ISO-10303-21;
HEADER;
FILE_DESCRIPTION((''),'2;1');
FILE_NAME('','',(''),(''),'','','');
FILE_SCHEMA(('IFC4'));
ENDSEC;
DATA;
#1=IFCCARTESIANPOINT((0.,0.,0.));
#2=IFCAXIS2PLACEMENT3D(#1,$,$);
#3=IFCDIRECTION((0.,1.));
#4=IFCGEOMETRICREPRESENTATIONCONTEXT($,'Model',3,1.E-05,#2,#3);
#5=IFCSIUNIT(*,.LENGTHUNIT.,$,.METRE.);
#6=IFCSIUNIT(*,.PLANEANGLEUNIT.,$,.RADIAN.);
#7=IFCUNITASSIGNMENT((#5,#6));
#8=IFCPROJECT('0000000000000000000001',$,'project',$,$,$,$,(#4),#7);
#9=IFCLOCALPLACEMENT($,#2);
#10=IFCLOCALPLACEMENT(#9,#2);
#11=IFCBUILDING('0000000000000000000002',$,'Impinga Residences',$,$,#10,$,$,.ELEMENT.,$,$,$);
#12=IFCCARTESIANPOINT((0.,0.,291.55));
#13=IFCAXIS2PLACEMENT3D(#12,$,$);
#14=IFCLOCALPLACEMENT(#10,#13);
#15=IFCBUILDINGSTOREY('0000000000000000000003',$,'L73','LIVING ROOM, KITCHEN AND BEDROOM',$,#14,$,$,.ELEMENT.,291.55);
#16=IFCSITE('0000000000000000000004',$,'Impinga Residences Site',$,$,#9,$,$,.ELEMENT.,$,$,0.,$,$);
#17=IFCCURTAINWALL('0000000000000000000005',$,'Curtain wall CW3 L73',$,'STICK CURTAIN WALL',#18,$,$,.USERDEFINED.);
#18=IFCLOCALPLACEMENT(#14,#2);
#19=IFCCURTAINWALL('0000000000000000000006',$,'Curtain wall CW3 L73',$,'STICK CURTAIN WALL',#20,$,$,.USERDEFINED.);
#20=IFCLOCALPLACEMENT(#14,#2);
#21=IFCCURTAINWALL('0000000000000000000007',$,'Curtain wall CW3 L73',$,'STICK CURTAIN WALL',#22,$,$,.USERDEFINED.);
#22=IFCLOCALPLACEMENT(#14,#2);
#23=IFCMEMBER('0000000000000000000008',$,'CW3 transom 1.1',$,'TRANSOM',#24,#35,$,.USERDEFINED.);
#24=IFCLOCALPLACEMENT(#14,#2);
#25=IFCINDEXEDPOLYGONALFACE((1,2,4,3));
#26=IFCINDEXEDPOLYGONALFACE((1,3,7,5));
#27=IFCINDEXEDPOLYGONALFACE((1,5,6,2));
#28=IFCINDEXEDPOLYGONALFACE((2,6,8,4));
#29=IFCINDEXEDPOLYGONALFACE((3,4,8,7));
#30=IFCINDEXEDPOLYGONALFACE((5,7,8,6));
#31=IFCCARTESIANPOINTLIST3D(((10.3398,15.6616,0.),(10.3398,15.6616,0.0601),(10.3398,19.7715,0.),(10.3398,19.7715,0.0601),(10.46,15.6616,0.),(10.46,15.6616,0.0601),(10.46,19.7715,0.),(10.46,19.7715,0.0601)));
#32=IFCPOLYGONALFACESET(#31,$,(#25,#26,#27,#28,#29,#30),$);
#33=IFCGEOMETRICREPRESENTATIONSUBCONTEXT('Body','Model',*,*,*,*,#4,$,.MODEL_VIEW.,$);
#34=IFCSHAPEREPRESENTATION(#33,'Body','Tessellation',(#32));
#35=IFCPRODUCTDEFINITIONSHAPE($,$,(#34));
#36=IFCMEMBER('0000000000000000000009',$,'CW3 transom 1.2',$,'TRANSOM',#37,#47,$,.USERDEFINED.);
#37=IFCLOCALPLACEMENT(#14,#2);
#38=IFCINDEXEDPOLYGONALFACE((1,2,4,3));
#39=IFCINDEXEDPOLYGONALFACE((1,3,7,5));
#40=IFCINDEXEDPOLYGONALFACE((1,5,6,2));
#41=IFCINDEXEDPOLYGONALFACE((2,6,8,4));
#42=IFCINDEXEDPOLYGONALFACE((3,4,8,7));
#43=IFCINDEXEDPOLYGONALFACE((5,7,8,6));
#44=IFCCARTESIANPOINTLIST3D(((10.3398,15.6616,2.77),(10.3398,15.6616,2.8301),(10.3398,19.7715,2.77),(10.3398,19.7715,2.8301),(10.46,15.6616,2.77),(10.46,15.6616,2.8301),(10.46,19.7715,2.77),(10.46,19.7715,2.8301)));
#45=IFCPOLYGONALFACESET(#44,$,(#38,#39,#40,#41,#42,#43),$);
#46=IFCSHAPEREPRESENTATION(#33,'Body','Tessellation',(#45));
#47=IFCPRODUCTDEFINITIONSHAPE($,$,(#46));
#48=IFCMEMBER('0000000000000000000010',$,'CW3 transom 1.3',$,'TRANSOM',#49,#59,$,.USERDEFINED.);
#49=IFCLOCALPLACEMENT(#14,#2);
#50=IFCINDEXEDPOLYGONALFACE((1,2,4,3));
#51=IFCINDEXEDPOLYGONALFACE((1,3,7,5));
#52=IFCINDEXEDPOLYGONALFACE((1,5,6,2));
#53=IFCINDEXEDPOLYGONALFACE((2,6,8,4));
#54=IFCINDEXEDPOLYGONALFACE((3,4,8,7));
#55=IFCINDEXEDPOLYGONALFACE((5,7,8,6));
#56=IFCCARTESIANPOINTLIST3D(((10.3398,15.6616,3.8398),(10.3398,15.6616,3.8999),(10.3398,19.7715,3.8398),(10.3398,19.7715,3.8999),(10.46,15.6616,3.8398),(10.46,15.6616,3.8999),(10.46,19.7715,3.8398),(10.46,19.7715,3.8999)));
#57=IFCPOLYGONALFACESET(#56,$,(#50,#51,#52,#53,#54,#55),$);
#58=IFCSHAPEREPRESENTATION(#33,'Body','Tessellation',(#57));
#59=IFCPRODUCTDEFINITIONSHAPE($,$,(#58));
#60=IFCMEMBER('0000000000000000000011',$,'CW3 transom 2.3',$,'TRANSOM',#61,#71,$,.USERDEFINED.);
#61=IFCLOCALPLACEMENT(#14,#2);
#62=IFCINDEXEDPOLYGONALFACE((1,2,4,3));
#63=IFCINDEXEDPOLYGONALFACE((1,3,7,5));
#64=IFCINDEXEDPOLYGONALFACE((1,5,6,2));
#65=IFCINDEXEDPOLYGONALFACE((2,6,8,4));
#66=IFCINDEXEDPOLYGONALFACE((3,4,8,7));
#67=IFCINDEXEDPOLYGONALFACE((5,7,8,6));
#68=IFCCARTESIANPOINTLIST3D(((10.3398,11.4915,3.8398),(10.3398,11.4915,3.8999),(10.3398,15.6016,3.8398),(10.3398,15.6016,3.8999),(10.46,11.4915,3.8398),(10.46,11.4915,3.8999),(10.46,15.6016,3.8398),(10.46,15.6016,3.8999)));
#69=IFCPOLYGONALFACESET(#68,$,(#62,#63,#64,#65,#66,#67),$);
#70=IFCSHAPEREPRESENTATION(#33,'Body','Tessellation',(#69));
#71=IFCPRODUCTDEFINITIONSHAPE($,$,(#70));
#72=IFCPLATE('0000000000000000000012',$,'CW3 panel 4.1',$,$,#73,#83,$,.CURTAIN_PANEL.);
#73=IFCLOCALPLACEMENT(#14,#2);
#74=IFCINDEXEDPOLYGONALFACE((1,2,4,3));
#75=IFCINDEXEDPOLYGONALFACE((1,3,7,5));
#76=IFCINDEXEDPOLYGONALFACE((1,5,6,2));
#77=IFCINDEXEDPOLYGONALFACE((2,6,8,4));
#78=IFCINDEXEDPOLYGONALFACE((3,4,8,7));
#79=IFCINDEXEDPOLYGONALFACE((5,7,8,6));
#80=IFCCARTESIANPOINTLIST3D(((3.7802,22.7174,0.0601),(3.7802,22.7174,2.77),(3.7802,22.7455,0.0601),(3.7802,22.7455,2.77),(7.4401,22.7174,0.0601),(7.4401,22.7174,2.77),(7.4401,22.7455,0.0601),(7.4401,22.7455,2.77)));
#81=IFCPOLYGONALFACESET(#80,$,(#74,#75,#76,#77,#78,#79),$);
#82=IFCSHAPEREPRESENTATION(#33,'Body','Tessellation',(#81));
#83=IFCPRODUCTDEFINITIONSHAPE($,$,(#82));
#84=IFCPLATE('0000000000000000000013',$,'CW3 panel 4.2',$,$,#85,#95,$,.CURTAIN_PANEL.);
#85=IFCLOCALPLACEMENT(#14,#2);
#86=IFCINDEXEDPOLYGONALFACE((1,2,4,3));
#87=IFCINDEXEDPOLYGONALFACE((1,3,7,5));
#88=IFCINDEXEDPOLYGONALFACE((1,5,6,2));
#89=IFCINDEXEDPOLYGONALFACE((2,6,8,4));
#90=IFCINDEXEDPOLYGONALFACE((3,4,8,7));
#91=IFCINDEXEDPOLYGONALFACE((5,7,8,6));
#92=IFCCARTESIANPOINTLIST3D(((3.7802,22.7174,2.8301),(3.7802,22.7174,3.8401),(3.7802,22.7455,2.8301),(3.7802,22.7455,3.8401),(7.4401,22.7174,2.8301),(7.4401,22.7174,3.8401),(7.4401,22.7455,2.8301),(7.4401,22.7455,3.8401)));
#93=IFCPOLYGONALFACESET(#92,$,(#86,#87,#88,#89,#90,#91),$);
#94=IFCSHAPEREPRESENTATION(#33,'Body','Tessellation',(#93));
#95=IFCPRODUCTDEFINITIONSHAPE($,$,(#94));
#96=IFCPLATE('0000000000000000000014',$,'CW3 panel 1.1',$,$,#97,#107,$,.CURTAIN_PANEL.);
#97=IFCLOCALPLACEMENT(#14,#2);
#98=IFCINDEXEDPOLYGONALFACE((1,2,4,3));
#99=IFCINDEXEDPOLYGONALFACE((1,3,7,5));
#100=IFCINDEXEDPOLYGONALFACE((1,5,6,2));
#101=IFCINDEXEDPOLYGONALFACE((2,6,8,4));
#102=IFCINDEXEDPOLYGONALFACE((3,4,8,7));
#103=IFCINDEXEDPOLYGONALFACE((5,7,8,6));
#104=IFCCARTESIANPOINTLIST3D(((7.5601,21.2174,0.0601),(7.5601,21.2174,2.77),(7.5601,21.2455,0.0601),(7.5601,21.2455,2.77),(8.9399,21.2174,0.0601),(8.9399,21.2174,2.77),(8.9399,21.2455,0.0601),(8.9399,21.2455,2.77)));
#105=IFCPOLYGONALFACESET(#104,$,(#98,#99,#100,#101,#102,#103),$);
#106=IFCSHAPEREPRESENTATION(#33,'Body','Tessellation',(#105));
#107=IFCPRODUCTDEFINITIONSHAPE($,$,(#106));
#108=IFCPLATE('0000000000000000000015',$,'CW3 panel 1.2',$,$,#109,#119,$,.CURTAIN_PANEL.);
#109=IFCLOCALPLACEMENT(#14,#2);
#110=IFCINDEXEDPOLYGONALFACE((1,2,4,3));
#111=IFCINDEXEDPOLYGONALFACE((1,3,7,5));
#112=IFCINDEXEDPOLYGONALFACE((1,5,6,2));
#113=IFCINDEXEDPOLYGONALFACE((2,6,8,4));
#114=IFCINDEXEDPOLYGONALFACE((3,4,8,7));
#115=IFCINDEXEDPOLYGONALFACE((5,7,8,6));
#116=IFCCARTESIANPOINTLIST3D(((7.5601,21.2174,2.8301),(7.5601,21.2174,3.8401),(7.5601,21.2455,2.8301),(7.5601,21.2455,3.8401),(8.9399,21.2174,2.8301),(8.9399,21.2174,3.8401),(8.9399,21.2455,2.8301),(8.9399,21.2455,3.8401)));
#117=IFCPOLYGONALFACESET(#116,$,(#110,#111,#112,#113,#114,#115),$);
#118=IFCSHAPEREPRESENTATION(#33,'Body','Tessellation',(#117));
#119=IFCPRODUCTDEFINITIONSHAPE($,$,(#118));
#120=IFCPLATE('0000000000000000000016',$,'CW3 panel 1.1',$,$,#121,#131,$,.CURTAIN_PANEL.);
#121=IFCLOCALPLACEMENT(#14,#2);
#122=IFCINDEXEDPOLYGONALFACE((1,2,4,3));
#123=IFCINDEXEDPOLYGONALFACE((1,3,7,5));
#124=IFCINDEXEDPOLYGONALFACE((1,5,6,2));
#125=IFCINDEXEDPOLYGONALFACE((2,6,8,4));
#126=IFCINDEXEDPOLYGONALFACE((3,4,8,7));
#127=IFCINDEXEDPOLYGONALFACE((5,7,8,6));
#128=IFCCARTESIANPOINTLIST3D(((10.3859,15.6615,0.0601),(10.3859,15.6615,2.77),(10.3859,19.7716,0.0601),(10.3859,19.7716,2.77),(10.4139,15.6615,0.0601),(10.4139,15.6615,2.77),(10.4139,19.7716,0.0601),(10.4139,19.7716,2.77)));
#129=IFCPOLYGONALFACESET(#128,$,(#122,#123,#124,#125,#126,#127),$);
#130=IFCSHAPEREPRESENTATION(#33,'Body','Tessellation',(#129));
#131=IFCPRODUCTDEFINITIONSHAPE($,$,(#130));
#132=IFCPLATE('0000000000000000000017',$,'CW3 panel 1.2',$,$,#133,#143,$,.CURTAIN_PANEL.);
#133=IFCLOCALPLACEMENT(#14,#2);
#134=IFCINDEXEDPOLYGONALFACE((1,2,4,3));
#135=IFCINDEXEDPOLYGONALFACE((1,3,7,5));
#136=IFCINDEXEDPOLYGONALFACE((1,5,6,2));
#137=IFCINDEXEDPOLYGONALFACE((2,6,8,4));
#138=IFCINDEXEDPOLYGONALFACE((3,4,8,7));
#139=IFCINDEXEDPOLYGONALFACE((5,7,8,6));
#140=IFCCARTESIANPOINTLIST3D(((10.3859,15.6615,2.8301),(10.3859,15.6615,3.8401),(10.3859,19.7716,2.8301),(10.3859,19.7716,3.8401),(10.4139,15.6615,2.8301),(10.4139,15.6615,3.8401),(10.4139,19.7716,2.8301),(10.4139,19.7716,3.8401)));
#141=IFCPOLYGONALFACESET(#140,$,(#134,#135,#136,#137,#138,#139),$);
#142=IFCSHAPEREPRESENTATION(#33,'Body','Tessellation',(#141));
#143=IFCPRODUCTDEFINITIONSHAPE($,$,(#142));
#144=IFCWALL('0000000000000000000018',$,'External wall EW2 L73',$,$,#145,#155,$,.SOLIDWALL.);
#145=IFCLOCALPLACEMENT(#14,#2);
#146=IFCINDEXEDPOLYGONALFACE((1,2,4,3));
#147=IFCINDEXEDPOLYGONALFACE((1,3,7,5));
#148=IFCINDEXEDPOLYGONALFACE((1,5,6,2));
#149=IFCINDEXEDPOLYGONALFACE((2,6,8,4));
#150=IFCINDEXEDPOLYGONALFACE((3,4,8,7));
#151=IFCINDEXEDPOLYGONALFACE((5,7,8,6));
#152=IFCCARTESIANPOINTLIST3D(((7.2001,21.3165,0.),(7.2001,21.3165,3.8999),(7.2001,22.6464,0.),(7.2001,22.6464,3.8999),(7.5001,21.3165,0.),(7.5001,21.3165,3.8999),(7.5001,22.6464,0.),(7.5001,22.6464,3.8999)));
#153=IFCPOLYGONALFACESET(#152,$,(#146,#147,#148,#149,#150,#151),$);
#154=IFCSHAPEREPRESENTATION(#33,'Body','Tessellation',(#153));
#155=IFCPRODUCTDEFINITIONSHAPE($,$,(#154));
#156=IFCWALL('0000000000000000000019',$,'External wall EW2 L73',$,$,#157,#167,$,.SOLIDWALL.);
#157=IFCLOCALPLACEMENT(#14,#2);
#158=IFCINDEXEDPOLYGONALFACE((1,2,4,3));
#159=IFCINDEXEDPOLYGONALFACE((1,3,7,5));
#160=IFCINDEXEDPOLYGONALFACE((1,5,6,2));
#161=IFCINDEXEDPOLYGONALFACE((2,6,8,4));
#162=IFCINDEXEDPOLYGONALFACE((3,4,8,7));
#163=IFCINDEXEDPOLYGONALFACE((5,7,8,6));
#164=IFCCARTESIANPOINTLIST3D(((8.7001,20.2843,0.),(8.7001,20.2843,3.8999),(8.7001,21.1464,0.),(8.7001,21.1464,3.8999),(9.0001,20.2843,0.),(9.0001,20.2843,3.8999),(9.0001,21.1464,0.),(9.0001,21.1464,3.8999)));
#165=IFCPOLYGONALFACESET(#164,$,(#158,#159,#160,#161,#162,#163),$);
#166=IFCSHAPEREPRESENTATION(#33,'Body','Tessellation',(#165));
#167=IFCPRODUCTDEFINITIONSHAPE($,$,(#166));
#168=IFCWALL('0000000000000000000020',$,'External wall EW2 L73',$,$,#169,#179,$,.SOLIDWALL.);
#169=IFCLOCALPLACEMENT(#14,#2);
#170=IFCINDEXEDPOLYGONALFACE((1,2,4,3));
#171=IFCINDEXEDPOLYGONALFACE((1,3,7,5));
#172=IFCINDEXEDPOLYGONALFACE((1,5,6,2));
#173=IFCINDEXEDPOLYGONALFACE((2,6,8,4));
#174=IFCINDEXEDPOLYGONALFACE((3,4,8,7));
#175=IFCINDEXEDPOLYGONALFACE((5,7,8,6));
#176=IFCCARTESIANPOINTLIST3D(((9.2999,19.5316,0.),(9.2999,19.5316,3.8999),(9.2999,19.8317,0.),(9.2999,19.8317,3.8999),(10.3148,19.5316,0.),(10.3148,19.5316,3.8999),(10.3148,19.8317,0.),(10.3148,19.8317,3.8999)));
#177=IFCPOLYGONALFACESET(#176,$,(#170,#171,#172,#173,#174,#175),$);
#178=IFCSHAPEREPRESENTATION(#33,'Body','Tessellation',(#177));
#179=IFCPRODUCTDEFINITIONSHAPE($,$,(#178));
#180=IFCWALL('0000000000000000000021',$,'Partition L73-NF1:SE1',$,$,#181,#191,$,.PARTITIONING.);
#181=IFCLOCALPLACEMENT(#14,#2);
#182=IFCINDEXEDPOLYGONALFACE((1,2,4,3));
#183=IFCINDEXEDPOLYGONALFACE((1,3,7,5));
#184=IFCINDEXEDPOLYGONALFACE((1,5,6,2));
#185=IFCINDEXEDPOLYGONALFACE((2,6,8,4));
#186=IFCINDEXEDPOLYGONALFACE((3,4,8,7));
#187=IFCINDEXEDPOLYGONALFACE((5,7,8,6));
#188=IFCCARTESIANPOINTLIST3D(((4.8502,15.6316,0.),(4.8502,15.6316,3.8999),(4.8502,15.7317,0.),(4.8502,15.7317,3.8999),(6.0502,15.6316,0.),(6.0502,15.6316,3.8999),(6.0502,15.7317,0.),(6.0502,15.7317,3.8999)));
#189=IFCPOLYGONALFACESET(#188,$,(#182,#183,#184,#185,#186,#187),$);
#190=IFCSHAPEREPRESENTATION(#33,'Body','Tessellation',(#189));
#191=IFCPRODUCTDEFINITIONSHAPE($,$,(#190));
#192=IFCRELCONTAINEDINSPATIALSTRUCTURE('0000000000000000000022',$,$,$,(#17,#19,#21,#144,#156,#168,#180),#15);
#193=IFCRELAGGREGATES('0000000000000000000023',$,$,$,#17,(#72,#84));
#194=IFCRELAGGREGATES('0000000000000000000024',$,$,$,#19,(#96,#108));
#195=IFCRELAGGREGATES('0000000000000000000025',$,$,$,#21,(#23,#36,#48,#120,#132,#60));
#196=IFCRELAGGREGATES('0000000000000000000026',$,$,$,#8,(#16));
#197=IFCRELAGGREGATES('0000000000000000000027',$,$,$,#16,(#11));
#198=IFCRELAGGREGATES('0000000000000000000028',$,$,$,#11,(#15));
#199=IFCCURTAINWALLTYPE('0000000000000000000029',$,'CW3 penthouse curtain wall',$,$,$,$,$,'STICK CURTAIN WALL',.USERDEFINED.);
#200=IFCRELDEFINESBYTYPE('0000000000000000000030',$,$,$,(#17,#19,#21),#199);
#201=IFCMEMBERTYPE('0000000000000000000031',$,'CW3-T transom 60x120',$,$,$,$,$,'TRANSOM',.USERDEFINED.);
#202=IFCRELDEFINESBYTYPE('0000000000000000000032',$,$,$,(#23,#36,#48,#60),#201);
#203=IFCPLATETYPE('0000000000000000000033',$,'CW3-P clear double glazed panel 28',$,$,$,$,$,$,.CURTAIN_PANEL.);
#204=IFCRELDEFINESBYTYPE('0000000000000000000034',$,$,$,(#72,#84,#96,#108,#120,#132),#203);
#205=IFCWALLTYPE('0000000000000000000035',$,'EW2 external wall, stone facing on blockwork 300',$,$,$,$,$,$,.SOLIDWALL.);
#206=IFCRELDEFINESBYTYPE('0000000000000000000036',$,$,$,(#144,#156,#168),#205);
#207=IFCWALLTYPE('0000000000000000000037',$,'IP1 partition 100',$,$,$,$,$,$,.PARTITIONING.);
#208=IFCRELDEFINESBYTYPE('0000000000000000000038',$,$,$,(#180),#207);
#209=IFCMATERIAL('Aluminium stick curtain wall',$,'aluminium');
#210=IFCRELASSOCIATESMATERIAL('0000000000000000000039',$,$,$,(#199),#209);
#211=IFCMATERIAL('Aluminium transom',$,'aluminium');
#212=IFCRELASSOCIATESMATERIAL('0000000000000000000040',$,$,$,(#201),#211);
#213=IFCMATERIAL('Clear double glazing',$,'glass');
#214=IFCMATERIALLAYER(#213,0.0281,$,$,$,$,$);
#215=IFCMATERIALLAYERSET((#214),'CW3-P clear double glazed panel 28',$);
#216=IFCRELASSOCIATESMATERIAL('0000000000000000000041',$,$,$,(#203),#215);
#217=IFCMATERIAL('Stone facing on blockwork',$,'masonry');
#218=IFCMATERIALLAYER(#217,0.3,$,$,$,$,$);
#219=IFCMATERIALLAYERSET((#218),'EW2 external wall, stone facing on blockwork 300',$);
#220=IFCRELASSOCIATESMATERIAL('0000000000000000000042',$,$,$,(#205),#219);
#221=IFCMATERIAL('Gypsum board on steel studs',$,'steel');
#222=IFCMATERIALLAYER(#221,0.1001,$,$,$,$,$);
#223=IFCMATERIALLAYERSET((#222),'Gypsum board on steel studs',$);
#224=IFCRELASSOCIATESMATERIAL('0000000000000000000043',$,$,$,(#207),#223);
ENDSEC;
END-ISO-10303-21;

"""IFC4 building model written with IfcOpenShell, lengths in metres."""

from ifc_helpers import new_model, si_unit, direction, frame, frame_2d, origin, origin_2d, place, context, subcontext, project, spatial, rectangle, extrude, material, layer, layer_set, material_profile, profile_set, type_object, element, aggregate, save


model = new_model("IFC4")

# Units and contexts
model_context = context("Model", 3, precision=1e-05, world=origin(), true_north=direction((0.0, 1.0)))
body_context = subcontext(model_context, "Body", "Model", "MODEL_VIEW")
ifc_project = project(units=[si_unit("LENGTHUNIT", "METRE"), si_unit("PLANEANGLEUNIT", "RADIAN")], contexts=[model_context])

# Site, building, storey
site_placement = place(None, origin())
site = spatial("IfcSite", under=ifc_project, at=site_placement, Name="Impinga Residences Site", CompositionType="ELEMENT", RefElevation=0.0)
building_placement = place(site_placement, origin())
building = spatial("IfcBuilding", under=site, at=building_placement, Name="Impinga Residences", CompositionType="ELEMENT")
storey_placement = place(building_placement, frame((0.0, 0.0, 291.55)))
storey = spatial("IfcBuildingStorey", under=building, at=storey_placement, Name="L73", Description="LIVING ROOM, KITCHEN AND BEDROOM", CompositionType="ELEMENT", Elevation=291.55)

# Curtain walls
ifc_material_1 = material(Name="Aluminium stick curtain wall", Category="aluminium")
curtain_wall_type = type_object("IfcCurtainWallType", Name="CW3 penthouse curtain wall", ElementType="STICK CURTAIN WALL", PredefinedType="USERDEFINED", material=ifc_material_1)
curtain_wall_1_placement = place(storey_placement, origin())
curtain_wall_1 = element("IfcCurtainWall", 1, at=curtain_wall_1_placement, inside=storey, type_object=curtain_wall_type, Name="Curtain wall CW3 L73", ObjectType="STICK CURTAIN WALL", PredefinedType="USERDEFINED")
curtain_wall_2_placement = place(storey_placement, origin())
curtain_wall_2 = element("IfcCurtainWall", 2, at=curtain_wall_2_placement, inside=storey, type_object=curtain_wall_type, Name="Curtain wall CW3 L73", ObjectType="STICK CURTAIN WALL", PredefinedType="USERDEFINED")
curtain_wall_3_placement = place(storey_placement, origin())
curtain_wall_3 = element("IfcCurtainWall", 3, at=curtain_wall_3_placement, inside=storey, type_object=curtain_wall_type, Name="Curtain wall CW3 L73", ObjectType="STICK CURTAIN WALL", PredefinedType="USERDEFINED")

# Members
ifc_material_2 = material(Name="Aluminium transom", Category="aluminium")
ifc_material_profile_1 = material_profile(ifc_material_2, rectangle(XDim=0.0601, YDim=0.1201, at=origin_2d()), Name="60x120 transom")
ifc_profile_set_1 = profile_set([ifc_material_profile_1], Name="Aluminium transom")
member_type_1 = type_object("IfcMemberType", Name="CW3-T transom 60x120", ElementType="TRANSOM", PredefinedType="USERDEFINED", material=ifc_profile_set_1)
member_1_placement = place(storey_placement, frame((10.3999, 19.7715, 0.03), z_axis=(0.0, -1.0, 0.0), x_axis=(0.0, 0.0, 1.0)))
member_1 = element("IfcMember", 4, at=member_1_placement, type_object=member_type_1, Name="CW3 transom 1.1", ObjectType="TRANSOM", PredefinedType="USERDEFINED", context=body_context, shape_type="SweptSolid", body=[
    extrude(rectangle(XDim=0.0601, YDim=0.1201, at=origin_2d()), origin(), (0.0, 0.0, 1.0), 4.1099),
])
member_2_placement = place(storey_placement, frame((10.3999, 19.7715, 2.8), z_axis=(0.0, -1.0, 0.0), x_axis=(0.0, 0.0, 1.0)))
member_2 = element("IfcMember", 5, at=member_2_placement, type_object=member_type_1, Name="CW3 transom 1.2", ObjectType="TRANSOM", PredefinedType="USERDEFINED", context=body_context, shape_type="SweptSolid", body=[
    extrude(rectangle(XDim=0.0601, YDim=0.1201, at=origin_2d()), origin(), (0.0, 0.0, 1.0), 4.1099),
])
member_3_placement = place(storey_placement, frame((10.3999, 19.7715, 3.8699), z_axis=(0.0, -1.0, 0.0), x_axis=(0.0, 0.0, 1.0)))
member_3 = element("IfcMember", 6, at=member_3_placement, type_object=member_type_1, Name="CW3 transom 1.3", ObjectType="TRANSOM", PredefinedType="USERDEFINED", context=body_context, shape_type="SweptSolid", body=[
    extrude(rectangle(XDim=0.0601, YDim=0.1201, at=origin_2d()), origin(), (0.0, 0.0, 1.0), 4.1099),
])
member_4_placement = place(storey_placement, frame((10.3999, 15.6016, 3.8699), z_axis=(0.0, -1.0, 0.0), x_axis=(0.0, 0.0, 1.0)))
member_4 = element("IfcMember", 7, at=member_4_placement, type_object=member_type_1, Name="CW3 transom 2.3", ObjectType="TRANSOM", PredefinedType="USERDEFINED", context=body_context, shape_type="SweptSolid", body=[
    extrude(rectangle(XDim=0.0601, YDim=0.1201, at=origin_2d()), origin(), (0.0, 0.0, 1.0), 4.1101),
])

# Plates
ifc_material_3 = material(Name="Clear double glazing", Category="glass")
ifc_layer_1 = layer(ifc_material_3, 0.0281)
ifc_layer_set_1 = layer_set([ifc_layer_1], Name="CW3-P clear double glazed panel 28")
plate_type = type_object("IfcPlateType", Name="CW3-P clear double glazed panel 28", PredefinedType="CURTAIN_PANEL", material=ifc_layer_set_1)
plate_1_placement = place(storey_placement, frame((5.6101, 22.7314, 0.0601), z_axis=(0.0, 0.0, 1.0), x_axis=(1.0, 0.0, 0.0)))
plate_1 = element("IfcPlate", 8, at=plate_1_placement, type_object=plate_type, Name="CW3 panel 4.1", PredefinedType="CURTAIN_PANEL", context=body_context, shape_type="SweptSolid", body=[
    extrude(rectangle(XDim=3.6599, YDim=0.0281, at=origin_2d()), origin(), (0.0, 0.0, 1.0), 2.71),
])
plate_2_placement = place(storey_placement, frame((5.6101, 22.7314, 2.8301), z_axis=(0.0, 0.0, 1.0), x_axis=(1.0, 0.0, 0.0)))
plate_2 = element("IfcPlate", 9, at=plate_2_placement, type_object=plate_type, Name="CW3 panel 4.2", PredefinedType="CURTAIN_PANEL", context=body_context, shape_type="SweptSolid", body=[
    extrude(rectangle(XDim=3.6599, YDim=0.0281, at=origin_2d()), origin(), (0.0, 0.0, 1.0), 1.01),
])
aggregate(curtain_wall_1, [plate_1, plate_2])
plate_3_placement = place(storey_placement, frame((8.25, 21.2314, 0.0601), z_axis=(0.0, 0.0, 1.0), x_axis=(1.0, 0.0, 0.0)))
plate_3 = element("IfcPlate", 10, at=plate_3_placement, type_object=plate_type, Name="CW3 panel 1.1", PredefinedType="CURTAIN_PANEL", context=body_context, shape_type="SweptSolid", body=[
    extrude(rectangle(XDim=1.3799, YDim=0.0281, at=origin_2d()), origin(), (0.0, 0.0, 1.0), 2.71),
])
plate_4_placement = place(storey_placement, frame((8.25, 21.2314, 2.8301), z_axis=(0.0, 0.0, 1.0), x_axis=(1.0, 0.0, 0.0)))
plate_4 = element("IfcPlate", 11, at=plate_4_placement, type_object=plate_type, Name="CW3 panel 1.2", PredefinedType="CURTAIN_PANEL", context=body_context, shape_type="SweptSolid", body=[
    extrude(rectangle(XDim=1.3799, YDim=0.0281, at=origin_2d()), origin(), (0.0, 0.0, 1.0), 1.01),
])
aggregate(curtain_wall_2, [plate_3, plate_4])
plate_5_placement = place(storey_placement, frame((10.3999, 17.7166, 0.0601), z_axis=(0.0, 0.0, 1.0), x_axis=(0.0, -1.0, 0.0)))
plate_5 = element("IfcPlate", 12, at=plate_5_placement, type_object=plate_type, Name="CW3 panel 1.1", PredefinedType="CURTAIN_PANEL", context=body_context, shape_type="SweptSolid", body=[
    extrude(rectangle(XDim=4.1101, YDim=0.0281, at=origin_2d()), origin(), (0.0, 0.0, 1.0), 2.71),
])
plate_6_placement = place(storey_placement, frame((10.3999, 17.7166, 2.8301), z_axis=(0.0, 0.0, 1.0), x_axis=(0.0, -1.0, 0.0)))
plate_6 = element("IfcPlate", 13, at=plate_6_placement, type_object=plate_type, Name="CW3 panel 1.2", PredefinedType="CURTAIN_PANEL", context=body_context, shape_type="SweptSolid", body=[
    extrude(rectangle(XDim=4.1101, YDim=0.0281, at=origin_2d()), origin(), (0.0, 0.0, 1.0), 1.01),
])
aggregate(curtain_wall_3, [member_1, member_2, member_3, plate_5, plate_6, member_4])

# Walls
ifc_material_4 = material(Name="Stone facing on blockwork", Category="masonry")
ifc_layer_2 = layer(ifc_material_4, 0.3)
ifc_layer_set_2 = layer_set([ifc_layer_2], Name="EW2 external wall, stone facing on blockwork 300")
wall_type_1 = type_object("IfcWallType", Name="EW2 external wall, stone facing on blockwork 300", PredefinedType="SOLIDWALL", material=ifc_layer_set_2)
wall_1_placement = place(storey_placement, frame((7.3501, 22.6465, 0.0), z_axis=(0.0, 0.0, 1.0), x_axis=(0.0, -1.0, 0.0)))
element("IfcWall", 14, at=wall_1_placement, inside=storey, type_object=wall_type_1, Name="External wall EW2 L73", PredefinedType="SOLIDWALL", context=body_context, shape_type="SweptSolid", body=[
    extrude(rectangle(XDim=1.3298, YDim=0.3, at=frame_2d((0.665, 0.0))), origin(), (0.0, 0.0, 1.0), 3.8999),
])
wall_2_placement = place(storey_placement, frame((8.8501, 21.1465, 0.0), z_axis=(0.0, 0.0, 1.0), x_axis=(0.0, -1.0, 0.0)))
element("IfcWall", 15, at=wall_2_placement, inside=storey, type_object=wall_type_1, Name="External wall EW2 L73", PredefinedType="SOLIDWALL", context=body_context, shape_type="SweptSolid", body=[
    extrude(rectangle(XDim=0.8621, YDim=0.3, at=frame_2d((0.4312, 0.0))), origin(), (0.0, 0.0, 1.0), 3.8999),
])
wall_3_placement = place(storey_placement, frame((9.3, 19.6816, 0.0), z_axis=(0.0, 0.0, 1.0), x_axis=(1.0, 0.0, 0.0)))
element("IfcWall", 16, at=wall_3_placement, inside=storey, type_object=wall_type_1, Name="External wall EW2 L73", PredefinedType="SOLIDWALL", context=body_context, shape_type="SweptSolid", body=[
    extrude(rectangle(XDim=1.0149, YDim=0.3, at=frame_2d((0.5073, 0.0))), origin(), (0.0, 0.0, 1.0), 3.8999),
])
ifc_material_5 = material(Name="Gypsum board on steel studs", Category="steel")
ifc_layer_3 = layer(ifc_material_5, 0.1001)
ifc_layer_set_3 = layer_set([ifc_layer_3], Name="Gypsum board on steel studs")
wall_type_2 = type_object("IfcWallType", Name="IP1 partition 100", PredefinedType="PARTITIONING", material=ifc_layer_set_3)
wall_4_placement = place(storey_placement, frame((4.8501, 15.6816, 0.0), z_axis=(0.0, 0.0, 1.0), x_axis=(1.0, 0.0, 0.0)))
element("IfcWall", 17, at=wall_4_placement, inside=storey, type_object=wall_type_2, Name="Partition L73-NF1:SE1", PredefinedType="PARTITIONING", context=body_context, shape_type="SweptSolid", body=[
    extrude(rectangle(XDim=1.2, YDim=0.1001, at=frame_2d((0.6001, 0.0))), origin(), (0.0, 0.0, 1.0), 3.8999),
])

save(model, "model.ifc")
